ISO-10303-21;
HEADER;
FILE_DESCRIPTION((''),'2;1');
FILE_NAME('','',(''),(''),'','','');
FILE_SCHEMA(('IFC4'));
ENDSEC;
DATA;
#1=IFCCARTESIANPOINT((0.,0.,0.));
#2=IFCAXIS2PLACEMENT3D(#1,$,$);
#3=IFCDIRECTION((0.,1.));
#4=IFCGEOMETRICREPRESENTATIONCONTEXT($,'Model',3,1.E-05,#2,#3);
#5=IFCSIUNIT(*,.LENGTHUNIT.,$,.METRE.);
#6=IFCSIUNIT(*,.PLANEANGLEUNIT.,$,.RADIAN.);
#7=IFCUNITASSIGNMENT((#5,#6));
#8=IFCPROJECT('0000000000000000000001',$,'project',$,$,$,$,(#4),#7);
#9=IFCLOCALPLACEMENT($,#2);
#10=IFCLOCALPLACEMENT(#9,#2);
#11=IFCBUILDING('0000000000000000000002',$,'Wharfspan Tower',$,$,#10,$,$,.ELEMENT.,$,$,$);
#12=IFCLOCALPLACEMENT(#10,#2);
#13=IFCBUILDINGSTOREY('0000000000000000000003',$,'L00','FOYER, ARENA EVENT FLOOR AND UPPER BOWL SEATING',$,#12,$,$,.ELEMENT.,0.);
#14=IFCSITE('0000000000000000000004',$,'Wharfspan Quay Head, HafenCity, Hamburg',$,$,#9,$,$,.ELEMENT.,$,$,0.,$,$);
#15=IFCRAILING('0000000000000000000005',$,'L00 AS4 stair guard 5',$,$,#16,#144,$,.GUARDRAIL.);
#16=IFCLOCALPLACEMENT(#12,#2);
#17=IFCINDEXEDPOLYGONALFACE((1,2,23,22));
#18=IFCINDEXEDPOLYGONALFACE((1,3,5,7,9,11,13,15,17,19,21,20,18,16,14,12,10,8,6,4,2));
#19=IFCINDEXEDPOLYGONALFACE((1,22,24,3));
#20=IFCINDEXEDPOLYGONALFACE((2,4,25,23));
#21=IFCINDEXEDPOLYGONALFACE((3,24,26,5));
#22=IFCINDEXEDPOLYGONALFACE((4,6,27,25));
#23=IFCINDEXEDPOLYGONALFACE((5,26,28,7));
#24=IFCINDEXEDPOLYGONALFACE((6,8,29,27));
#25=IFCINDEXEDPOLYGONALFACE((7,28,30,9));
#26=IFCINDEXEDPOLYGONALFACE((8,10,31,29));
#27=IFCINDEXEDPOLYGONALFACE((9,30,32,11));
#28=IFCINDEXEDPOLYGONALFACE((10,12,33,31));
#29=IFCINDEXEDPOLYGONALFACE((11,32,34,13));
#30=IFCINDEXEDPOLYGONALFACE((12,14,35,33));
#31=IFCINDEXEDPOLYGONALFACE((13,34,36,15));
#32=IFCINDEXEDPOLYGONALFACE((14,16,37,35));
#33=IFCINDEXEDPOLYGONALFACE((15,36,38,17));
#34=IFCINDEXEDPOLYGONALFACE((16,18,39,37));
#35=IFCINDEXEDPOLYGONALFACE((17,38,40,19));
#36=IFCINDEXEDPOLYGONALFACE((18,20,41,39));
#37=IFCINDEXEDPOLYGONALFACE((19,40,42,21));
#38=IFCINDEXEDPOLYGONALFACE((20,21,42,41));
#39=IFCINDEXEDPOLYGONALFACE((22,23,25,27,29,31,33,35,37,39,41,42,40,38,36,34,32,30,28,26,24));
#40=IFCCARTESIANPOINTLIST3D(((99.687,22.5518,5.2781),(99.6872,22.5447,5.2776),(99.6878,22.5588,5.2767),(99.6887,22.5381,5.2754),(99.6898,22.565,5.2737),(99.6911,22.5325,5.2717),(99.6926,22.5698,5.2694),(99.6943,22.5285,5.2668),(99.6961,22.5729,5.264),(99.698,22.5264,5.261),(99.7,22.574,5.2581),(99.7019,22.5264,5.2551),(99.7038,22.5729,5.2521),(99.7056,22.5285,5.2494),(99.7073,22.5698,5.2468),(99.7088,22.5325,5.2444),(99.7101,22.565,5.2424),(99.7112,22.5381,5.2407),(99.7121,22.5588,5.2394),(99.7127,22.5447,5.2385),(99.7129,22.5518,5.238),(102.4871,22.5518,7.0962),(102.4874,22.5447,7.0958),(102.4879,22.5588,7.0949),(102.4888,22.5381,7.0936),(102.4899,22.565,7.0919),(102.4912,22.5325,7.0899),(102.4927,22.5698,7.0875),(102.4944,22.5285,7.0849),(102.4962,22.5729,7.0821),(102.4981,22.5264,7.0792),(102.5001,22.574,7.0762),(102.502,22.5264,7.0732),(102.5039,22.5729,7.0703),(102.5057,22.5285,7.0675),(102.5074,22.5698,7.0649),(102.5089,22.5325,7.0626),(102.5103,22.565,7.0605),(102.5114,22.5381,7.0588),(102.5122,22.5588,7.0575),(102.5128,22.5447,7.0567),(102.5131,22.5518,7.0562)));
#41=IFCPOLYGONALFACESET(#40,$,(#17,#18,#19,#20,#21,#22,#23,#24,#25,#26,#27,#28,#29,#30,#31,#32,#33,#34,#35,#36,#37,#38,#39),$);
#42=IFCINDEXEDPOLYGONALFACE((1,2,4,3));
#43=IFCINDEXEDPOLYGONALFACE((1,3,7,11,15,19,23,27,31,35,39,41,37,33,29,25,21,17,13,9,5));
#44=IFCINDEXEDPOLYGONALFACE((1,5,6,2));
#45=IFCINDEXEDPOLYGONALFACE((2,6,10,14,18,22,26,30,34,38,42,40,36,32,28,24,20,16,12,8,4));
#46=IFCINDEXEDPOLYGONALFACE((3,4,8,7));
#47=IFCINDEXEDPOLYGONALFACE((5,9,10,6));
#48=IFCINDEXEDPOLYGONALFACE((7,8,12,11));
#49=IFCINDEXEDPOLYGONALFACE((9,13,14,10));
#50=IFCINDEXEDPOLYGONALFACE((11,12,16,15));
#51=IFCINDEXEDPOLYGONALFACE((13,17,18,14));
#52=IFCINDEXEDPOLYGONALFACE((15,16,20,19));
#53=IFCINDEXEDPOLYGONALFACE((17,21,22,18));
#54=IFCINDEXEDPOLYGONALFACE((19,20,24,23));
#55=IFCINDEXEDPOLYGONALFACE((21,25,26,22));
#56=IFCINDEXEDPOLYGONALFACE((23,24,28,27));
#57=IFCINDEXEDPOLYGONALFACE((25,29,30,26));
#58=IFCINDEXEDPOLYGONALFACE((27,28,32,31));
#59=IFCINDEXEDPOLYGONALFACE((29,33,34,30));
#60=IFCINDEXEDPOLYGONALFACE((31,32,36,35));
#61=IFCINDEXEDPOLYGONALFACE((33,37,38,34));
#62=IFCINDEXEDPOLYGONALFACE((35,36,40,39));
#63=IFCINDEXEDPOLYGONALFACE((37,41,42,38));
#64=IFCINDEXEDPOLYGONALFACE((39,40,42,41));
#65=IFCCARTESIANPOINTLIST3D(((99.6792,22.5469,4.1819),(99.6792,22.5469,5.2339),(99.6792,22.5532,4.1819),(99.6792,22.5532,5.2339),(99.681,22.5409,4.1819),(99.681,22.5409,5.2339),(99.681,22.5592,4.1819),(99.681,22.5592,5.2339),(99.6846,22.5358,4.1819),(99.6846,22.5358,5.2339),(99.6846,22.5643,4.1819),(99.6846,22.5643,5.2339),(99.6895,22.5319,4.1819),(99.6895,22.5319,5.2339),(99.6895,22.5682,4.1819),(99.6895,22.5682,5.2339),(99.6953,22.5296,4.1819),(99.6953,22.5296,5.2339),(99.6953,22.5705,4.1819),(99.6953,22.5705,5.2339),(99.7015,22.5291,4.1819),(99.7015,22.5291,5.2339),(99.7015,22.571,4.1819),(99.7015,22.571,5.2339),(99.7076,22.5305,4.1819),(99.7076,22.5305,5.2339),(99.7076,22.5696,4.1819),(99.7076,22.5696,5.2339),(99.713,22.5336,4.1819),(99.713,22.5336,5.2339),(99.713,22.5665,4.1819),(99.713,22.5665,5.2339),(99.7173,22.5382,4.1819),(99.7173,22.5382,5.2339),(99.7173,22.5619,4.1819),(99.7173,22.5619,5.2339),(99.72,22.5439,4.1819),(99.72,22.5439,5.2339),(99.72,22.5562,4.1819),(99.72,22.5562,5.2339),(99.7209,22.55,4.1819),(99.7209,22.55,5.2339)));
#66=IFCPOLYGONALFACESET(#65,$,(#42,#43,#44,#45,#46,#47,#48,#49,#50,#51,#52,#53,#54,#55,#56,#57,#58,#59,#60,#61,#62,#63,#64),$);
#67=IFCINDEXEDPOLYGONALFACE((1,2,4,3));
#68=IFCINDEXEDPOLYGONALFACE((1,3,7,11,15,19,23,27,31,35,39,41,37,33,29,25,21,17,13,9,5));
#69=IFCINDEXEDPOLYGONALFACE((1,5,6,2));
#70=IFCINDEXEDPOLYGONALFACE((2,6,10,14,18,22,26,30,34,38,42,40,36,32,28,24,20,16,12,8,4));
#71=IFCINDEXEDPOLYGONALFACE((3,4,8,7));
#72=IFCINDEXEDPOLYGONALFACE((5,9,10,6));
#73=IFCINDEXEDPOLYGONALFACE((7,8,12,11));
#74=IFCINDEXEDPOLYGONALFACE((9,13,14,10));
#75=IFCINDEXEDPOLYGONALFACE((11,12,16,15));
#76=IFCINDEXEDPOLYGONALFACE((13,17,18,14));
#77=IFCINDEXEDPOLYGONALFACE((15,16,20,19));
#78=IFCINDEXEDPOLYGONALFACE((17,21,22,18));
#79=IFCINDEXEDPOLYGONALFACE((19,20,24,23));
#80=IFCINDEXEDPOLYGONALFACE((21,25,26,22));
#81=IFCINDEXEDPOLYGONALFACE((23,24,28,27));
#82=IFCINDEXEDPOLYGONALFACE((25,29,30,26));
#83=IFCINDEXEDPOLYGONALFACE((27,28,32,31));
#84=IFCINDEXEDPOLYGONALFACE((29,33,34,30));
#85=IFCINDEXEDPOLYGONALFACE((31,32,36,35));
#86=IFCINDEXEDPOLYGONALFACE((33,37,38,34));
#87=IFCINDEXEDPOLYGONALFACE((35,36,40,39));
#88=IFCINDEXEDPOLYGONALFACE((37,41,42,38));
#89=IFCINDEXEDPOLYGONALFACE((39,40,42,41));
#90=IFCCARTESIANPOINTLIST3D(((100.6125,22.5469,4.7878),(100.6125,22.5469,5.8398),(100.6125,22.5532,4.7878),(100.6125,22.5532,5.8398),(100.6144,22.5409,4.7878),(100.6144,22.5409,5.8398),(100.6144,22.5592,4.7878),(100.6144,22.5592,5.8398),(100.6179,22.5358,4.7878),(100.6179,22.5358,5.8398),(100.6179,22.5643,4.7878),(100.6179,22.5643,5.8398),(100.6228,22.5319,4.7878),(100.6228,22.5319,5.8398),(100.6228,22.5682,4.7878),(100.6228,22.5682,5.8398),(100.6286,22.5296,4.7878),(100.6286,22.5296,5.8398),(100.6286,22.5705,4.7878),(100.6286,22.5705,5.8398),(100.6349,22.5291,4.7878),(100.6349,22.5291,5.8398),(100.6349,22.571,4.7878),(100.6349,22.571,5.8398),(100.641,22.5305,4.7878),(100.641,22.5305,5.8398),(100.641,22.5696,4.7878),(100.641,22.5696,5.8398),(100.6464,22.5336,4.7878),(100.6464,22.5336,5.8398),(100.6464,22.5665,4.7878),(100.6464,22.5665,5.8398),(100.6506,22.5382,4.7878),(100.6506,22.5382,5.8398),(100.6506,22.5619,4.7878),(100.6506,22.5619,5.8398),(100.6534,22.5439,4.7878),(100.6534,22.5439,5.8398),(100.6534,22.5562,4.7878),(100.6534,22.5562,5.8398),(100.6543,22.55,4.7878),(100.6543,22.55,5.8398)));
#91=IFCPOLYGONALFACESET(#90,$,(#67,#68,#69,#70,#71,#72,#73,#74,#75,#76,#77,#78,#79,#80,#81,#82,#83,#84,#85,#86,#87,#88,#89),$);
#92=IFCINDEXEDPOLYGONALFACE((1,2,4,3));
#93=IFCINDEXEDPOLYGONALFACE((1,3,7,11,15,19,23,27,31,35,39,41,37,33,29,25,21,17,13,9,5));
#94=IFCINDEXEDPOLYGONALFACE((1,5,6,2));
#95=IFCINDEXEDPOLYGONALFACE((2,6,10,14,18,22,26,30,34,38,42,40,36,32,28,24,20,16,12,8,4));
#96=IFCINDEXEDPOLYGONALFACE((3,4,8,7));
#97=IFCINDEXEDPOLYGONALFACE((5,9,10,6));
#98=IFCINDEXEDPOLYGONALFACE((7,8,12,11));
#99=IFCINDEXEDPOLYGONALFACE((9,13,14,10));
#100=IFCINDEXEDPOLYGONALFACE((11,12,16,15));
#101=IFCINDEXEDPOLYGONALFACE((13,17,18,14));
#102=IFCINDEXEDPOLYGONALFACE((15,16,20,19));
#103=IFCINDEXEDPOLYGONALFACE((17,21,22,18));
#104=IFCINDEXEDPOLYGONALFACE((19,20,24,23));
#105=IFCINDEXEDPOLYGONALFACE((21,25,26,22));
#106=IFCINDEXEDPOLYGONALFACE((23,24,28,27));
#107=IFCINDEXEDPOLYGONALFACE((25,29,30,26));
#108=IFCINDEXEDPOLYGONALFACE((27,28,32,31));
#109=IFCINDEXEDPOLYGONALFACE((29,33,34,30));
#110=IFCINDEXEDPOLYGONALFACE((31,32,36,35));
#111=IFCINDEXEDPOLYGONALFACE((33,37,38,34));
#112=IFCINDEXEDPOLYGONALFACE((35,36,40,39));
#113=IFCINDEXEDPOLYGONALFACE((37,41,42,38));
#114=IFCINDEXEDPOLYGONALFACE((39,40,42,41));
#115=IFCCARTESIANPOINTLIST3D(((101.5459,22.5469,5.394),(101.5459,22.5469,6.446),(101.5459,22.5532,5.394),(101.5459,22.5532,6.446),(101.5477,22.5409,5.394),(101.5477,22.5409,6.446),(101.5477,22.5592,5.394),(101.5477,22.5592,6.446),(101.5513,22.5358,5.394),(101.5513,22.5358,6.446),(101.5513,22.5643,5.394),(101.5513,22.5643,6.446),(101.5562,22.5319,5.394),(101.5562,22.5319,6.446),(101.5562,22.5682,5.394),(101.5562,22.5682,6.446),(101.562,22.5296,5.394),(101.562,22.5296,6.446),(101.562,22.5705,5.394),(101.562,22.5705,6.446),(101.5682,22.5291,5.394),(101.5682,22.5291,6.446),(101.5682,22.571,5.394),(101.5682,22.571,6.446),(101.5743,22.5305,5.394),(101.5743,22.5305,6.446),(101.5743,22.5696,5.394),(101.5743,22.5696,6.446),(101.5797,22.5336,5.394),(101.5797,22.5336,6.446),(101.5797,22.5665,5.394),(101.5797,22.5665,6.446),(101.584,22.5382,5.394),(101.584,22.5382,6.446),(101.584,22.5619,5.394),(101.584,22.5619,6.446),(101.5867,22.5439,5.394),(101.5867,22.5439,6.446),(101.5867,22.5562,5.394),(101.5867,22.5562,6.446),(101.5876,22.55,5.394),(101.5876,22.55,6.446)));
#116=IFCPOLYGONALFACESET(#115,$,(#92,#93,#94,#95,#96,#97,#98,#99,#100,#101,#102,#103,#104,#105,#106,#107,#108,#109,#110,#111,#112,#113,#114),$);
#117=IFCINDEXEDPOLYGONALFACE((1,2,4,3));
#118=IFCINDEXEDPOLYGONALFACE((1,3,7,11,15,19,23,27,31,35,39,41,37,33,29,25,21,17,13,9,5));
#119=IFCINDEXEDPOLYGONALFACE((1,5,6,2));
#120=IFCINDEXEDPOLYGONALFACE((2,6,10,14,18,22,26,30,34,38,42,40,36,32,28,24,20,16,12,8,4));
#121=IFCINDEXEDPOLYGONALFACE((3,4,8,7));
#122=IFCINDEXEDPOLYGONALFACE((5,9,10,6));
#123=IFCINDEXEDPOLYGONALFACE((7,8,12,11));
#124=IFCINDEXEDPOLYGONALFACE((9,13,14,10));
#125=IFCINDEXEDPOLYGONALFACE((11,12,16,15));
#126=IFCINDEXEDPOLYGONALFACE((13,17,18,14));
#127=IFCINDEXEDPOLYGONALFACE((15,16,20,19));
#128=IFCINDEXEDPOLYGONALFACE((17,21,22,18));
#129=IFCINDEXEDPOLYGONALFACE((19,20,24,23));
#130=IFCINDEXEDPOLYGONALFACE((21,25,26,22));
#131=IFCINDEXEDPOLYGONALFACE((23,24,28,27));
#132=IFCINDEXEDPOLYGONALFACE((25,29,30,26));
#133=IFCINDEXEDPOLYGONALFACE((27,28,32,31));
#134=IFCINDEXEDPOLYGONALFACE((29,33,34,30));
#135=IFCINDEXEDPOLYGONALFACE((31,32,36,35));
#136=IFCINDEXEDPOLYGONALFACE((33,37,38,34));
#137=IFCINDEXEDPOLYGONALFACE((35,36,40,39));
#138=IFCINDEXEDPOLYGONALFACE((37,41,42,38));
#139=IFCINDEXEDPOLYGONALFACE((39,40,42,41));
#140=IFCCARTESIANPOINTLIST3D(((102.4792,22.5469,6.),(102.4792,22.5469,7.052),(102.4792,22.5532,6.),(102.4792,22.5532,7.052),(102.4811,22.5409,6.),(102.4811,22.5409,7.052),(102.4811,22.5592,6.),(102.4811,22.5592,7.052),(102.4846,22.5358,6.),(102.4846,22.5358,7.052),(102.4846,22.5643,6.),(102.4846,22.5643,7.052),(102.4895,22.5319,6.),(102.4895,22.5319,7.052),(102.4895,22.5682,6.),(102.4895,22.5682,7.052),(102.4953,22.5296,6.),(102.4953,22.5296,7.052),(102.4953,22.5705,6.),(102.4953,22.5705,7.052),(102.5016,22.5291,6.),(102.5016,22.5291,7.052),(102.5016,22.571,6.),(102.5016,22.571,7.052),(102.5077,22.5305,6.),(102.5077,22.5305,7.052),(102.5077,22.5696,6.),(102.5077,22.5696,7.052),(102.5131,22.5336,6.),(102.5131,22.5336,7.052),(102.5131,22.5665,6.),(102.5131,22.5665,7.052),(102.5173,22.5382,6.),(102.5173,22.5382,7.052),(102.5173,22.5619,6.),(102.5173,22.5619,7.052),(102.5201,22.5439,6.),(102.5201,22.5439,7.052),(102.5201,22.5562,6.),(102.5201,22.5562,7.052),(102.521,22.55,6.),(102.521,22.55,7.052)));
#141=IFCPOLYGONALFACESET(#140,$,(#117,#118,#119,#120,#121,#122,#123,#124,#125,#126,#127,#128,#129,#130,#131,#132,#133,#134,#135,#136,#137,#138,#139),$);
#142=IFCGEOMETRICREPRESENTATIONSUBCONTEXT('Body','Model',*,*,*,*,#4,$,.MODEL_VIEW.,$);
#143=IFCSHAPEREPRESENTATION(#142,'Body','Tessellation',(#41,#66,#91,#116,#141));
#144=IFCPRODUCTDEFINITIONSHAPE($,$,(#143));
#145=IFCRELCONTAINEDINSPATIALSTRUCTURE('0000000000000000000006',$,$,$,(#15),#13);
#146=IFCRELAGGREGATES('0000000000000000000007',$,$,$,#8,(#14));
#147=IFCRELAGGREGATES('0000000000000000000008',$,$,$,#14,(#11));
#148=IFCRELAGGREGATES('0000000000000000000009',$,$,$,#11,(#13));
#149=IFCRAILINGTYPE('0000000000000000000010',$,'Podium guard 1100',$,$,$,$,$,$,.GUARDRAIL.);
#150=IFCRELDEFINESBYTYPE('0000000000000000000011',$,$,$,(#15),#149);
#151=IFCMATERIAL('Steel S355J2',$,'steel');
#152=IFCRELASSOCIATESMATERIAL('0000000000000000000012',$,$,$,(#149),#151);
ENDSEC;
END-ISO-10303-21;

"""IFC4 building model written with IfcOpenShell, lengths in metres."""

from ifc_helpers import new_model, si_unit, direction, frame, origin, origin_2d, place, context, subcontext, project, spatial, circle, extrude, material, type_object, element, save


model = new_model("IFC4")

# Units and contexts
model_context = context("Model", 3, precision=1e-05, world=origin(), true_north=direction((0.0, 1.0)))
body_context = subcontext(model_context, "Body", "Model", "MODEL_VIEW")
ifc_project = project(units=[si_unit("LENGTHUNIT", "METRE"), si_unit("PLANEANGLEUNIT", "RADIAN")], contexts=[model_context])

# Site, building, storey
site_placement = place(None, origin())
site = spatial("IfcSite", under=ifc_project, at=site_placement, Name="Wharfspan Quay Head, HafenCity, Hamburg", CompositionType="ELEMENT", RefElevation=0.0)
building_placement = place(site_placement, origin())
building = spatial("IfcBuilding", under=site, at=building_placement, Name="Wharfspan Tower", CompositionType="ELEMENT")
storey_placement = place(building_placement, origin())
storey = spatial("IfcBuildingStorey", under=building, at=storey_placement, Name="L00", Description="FOYER, ARENA EVENT FLOOR AND UPPER BOWL SEATING", CompositionType="ELEMENT", Elevation=0.0)

# Shared definitions
ifc_material_1 = material(Name="Steel S355J2", Category="steel")

# Railing
railing_type_1 = type_object("IfcRailingType", Name="Podium guard 1100", PredefinedType="GUARDRAIL", material=ifc_material_1)
railing_1_placement = place(storey_placement, frame((99.7, 22.55, 4.1819)))
element("IfcRailing", 1, at=railing_1_placement, inside=storey, type_object=railing_type_1, Name="L00 AS4 stair guard 5", PredefinedType="GUARDRAIL", context=body_context, shape_type="SweptSolid", body=[
    extrude(circle(Radius=0.0239, at=origin_2d()), frame((0.0, 0.0, 1.0762), z_axis=(0.838706, 0.0, 0.544585), x_axis=(0.0, 1.0, 0.0)), (0.0, 0.0, 1.0), 3.3386),
    extrude(circle(Radius=0.021, at=origin_2d()), origin(), (0.0, 0.0, 1.0), 1.052),
    extrude(circle(Radius=0.021, at=origin_2d()), frame((0.9334, 0.0, 0.606)), (0.0, 0.0, 1.0), 1.052),
    extrude(circle(Radius=0.021, at=origin_2d()), frame((1.8667, 0.0, 1.2122)), (0.0, 0.0, 1.0), 1.052),
    extrude(circle(Radius=0.021, at=origin_2d()), frame((2.8, 0.0, 1.8181)), (0.0, 0.0, 1.0), 1.052),
])

save(model, "model.ifc")
